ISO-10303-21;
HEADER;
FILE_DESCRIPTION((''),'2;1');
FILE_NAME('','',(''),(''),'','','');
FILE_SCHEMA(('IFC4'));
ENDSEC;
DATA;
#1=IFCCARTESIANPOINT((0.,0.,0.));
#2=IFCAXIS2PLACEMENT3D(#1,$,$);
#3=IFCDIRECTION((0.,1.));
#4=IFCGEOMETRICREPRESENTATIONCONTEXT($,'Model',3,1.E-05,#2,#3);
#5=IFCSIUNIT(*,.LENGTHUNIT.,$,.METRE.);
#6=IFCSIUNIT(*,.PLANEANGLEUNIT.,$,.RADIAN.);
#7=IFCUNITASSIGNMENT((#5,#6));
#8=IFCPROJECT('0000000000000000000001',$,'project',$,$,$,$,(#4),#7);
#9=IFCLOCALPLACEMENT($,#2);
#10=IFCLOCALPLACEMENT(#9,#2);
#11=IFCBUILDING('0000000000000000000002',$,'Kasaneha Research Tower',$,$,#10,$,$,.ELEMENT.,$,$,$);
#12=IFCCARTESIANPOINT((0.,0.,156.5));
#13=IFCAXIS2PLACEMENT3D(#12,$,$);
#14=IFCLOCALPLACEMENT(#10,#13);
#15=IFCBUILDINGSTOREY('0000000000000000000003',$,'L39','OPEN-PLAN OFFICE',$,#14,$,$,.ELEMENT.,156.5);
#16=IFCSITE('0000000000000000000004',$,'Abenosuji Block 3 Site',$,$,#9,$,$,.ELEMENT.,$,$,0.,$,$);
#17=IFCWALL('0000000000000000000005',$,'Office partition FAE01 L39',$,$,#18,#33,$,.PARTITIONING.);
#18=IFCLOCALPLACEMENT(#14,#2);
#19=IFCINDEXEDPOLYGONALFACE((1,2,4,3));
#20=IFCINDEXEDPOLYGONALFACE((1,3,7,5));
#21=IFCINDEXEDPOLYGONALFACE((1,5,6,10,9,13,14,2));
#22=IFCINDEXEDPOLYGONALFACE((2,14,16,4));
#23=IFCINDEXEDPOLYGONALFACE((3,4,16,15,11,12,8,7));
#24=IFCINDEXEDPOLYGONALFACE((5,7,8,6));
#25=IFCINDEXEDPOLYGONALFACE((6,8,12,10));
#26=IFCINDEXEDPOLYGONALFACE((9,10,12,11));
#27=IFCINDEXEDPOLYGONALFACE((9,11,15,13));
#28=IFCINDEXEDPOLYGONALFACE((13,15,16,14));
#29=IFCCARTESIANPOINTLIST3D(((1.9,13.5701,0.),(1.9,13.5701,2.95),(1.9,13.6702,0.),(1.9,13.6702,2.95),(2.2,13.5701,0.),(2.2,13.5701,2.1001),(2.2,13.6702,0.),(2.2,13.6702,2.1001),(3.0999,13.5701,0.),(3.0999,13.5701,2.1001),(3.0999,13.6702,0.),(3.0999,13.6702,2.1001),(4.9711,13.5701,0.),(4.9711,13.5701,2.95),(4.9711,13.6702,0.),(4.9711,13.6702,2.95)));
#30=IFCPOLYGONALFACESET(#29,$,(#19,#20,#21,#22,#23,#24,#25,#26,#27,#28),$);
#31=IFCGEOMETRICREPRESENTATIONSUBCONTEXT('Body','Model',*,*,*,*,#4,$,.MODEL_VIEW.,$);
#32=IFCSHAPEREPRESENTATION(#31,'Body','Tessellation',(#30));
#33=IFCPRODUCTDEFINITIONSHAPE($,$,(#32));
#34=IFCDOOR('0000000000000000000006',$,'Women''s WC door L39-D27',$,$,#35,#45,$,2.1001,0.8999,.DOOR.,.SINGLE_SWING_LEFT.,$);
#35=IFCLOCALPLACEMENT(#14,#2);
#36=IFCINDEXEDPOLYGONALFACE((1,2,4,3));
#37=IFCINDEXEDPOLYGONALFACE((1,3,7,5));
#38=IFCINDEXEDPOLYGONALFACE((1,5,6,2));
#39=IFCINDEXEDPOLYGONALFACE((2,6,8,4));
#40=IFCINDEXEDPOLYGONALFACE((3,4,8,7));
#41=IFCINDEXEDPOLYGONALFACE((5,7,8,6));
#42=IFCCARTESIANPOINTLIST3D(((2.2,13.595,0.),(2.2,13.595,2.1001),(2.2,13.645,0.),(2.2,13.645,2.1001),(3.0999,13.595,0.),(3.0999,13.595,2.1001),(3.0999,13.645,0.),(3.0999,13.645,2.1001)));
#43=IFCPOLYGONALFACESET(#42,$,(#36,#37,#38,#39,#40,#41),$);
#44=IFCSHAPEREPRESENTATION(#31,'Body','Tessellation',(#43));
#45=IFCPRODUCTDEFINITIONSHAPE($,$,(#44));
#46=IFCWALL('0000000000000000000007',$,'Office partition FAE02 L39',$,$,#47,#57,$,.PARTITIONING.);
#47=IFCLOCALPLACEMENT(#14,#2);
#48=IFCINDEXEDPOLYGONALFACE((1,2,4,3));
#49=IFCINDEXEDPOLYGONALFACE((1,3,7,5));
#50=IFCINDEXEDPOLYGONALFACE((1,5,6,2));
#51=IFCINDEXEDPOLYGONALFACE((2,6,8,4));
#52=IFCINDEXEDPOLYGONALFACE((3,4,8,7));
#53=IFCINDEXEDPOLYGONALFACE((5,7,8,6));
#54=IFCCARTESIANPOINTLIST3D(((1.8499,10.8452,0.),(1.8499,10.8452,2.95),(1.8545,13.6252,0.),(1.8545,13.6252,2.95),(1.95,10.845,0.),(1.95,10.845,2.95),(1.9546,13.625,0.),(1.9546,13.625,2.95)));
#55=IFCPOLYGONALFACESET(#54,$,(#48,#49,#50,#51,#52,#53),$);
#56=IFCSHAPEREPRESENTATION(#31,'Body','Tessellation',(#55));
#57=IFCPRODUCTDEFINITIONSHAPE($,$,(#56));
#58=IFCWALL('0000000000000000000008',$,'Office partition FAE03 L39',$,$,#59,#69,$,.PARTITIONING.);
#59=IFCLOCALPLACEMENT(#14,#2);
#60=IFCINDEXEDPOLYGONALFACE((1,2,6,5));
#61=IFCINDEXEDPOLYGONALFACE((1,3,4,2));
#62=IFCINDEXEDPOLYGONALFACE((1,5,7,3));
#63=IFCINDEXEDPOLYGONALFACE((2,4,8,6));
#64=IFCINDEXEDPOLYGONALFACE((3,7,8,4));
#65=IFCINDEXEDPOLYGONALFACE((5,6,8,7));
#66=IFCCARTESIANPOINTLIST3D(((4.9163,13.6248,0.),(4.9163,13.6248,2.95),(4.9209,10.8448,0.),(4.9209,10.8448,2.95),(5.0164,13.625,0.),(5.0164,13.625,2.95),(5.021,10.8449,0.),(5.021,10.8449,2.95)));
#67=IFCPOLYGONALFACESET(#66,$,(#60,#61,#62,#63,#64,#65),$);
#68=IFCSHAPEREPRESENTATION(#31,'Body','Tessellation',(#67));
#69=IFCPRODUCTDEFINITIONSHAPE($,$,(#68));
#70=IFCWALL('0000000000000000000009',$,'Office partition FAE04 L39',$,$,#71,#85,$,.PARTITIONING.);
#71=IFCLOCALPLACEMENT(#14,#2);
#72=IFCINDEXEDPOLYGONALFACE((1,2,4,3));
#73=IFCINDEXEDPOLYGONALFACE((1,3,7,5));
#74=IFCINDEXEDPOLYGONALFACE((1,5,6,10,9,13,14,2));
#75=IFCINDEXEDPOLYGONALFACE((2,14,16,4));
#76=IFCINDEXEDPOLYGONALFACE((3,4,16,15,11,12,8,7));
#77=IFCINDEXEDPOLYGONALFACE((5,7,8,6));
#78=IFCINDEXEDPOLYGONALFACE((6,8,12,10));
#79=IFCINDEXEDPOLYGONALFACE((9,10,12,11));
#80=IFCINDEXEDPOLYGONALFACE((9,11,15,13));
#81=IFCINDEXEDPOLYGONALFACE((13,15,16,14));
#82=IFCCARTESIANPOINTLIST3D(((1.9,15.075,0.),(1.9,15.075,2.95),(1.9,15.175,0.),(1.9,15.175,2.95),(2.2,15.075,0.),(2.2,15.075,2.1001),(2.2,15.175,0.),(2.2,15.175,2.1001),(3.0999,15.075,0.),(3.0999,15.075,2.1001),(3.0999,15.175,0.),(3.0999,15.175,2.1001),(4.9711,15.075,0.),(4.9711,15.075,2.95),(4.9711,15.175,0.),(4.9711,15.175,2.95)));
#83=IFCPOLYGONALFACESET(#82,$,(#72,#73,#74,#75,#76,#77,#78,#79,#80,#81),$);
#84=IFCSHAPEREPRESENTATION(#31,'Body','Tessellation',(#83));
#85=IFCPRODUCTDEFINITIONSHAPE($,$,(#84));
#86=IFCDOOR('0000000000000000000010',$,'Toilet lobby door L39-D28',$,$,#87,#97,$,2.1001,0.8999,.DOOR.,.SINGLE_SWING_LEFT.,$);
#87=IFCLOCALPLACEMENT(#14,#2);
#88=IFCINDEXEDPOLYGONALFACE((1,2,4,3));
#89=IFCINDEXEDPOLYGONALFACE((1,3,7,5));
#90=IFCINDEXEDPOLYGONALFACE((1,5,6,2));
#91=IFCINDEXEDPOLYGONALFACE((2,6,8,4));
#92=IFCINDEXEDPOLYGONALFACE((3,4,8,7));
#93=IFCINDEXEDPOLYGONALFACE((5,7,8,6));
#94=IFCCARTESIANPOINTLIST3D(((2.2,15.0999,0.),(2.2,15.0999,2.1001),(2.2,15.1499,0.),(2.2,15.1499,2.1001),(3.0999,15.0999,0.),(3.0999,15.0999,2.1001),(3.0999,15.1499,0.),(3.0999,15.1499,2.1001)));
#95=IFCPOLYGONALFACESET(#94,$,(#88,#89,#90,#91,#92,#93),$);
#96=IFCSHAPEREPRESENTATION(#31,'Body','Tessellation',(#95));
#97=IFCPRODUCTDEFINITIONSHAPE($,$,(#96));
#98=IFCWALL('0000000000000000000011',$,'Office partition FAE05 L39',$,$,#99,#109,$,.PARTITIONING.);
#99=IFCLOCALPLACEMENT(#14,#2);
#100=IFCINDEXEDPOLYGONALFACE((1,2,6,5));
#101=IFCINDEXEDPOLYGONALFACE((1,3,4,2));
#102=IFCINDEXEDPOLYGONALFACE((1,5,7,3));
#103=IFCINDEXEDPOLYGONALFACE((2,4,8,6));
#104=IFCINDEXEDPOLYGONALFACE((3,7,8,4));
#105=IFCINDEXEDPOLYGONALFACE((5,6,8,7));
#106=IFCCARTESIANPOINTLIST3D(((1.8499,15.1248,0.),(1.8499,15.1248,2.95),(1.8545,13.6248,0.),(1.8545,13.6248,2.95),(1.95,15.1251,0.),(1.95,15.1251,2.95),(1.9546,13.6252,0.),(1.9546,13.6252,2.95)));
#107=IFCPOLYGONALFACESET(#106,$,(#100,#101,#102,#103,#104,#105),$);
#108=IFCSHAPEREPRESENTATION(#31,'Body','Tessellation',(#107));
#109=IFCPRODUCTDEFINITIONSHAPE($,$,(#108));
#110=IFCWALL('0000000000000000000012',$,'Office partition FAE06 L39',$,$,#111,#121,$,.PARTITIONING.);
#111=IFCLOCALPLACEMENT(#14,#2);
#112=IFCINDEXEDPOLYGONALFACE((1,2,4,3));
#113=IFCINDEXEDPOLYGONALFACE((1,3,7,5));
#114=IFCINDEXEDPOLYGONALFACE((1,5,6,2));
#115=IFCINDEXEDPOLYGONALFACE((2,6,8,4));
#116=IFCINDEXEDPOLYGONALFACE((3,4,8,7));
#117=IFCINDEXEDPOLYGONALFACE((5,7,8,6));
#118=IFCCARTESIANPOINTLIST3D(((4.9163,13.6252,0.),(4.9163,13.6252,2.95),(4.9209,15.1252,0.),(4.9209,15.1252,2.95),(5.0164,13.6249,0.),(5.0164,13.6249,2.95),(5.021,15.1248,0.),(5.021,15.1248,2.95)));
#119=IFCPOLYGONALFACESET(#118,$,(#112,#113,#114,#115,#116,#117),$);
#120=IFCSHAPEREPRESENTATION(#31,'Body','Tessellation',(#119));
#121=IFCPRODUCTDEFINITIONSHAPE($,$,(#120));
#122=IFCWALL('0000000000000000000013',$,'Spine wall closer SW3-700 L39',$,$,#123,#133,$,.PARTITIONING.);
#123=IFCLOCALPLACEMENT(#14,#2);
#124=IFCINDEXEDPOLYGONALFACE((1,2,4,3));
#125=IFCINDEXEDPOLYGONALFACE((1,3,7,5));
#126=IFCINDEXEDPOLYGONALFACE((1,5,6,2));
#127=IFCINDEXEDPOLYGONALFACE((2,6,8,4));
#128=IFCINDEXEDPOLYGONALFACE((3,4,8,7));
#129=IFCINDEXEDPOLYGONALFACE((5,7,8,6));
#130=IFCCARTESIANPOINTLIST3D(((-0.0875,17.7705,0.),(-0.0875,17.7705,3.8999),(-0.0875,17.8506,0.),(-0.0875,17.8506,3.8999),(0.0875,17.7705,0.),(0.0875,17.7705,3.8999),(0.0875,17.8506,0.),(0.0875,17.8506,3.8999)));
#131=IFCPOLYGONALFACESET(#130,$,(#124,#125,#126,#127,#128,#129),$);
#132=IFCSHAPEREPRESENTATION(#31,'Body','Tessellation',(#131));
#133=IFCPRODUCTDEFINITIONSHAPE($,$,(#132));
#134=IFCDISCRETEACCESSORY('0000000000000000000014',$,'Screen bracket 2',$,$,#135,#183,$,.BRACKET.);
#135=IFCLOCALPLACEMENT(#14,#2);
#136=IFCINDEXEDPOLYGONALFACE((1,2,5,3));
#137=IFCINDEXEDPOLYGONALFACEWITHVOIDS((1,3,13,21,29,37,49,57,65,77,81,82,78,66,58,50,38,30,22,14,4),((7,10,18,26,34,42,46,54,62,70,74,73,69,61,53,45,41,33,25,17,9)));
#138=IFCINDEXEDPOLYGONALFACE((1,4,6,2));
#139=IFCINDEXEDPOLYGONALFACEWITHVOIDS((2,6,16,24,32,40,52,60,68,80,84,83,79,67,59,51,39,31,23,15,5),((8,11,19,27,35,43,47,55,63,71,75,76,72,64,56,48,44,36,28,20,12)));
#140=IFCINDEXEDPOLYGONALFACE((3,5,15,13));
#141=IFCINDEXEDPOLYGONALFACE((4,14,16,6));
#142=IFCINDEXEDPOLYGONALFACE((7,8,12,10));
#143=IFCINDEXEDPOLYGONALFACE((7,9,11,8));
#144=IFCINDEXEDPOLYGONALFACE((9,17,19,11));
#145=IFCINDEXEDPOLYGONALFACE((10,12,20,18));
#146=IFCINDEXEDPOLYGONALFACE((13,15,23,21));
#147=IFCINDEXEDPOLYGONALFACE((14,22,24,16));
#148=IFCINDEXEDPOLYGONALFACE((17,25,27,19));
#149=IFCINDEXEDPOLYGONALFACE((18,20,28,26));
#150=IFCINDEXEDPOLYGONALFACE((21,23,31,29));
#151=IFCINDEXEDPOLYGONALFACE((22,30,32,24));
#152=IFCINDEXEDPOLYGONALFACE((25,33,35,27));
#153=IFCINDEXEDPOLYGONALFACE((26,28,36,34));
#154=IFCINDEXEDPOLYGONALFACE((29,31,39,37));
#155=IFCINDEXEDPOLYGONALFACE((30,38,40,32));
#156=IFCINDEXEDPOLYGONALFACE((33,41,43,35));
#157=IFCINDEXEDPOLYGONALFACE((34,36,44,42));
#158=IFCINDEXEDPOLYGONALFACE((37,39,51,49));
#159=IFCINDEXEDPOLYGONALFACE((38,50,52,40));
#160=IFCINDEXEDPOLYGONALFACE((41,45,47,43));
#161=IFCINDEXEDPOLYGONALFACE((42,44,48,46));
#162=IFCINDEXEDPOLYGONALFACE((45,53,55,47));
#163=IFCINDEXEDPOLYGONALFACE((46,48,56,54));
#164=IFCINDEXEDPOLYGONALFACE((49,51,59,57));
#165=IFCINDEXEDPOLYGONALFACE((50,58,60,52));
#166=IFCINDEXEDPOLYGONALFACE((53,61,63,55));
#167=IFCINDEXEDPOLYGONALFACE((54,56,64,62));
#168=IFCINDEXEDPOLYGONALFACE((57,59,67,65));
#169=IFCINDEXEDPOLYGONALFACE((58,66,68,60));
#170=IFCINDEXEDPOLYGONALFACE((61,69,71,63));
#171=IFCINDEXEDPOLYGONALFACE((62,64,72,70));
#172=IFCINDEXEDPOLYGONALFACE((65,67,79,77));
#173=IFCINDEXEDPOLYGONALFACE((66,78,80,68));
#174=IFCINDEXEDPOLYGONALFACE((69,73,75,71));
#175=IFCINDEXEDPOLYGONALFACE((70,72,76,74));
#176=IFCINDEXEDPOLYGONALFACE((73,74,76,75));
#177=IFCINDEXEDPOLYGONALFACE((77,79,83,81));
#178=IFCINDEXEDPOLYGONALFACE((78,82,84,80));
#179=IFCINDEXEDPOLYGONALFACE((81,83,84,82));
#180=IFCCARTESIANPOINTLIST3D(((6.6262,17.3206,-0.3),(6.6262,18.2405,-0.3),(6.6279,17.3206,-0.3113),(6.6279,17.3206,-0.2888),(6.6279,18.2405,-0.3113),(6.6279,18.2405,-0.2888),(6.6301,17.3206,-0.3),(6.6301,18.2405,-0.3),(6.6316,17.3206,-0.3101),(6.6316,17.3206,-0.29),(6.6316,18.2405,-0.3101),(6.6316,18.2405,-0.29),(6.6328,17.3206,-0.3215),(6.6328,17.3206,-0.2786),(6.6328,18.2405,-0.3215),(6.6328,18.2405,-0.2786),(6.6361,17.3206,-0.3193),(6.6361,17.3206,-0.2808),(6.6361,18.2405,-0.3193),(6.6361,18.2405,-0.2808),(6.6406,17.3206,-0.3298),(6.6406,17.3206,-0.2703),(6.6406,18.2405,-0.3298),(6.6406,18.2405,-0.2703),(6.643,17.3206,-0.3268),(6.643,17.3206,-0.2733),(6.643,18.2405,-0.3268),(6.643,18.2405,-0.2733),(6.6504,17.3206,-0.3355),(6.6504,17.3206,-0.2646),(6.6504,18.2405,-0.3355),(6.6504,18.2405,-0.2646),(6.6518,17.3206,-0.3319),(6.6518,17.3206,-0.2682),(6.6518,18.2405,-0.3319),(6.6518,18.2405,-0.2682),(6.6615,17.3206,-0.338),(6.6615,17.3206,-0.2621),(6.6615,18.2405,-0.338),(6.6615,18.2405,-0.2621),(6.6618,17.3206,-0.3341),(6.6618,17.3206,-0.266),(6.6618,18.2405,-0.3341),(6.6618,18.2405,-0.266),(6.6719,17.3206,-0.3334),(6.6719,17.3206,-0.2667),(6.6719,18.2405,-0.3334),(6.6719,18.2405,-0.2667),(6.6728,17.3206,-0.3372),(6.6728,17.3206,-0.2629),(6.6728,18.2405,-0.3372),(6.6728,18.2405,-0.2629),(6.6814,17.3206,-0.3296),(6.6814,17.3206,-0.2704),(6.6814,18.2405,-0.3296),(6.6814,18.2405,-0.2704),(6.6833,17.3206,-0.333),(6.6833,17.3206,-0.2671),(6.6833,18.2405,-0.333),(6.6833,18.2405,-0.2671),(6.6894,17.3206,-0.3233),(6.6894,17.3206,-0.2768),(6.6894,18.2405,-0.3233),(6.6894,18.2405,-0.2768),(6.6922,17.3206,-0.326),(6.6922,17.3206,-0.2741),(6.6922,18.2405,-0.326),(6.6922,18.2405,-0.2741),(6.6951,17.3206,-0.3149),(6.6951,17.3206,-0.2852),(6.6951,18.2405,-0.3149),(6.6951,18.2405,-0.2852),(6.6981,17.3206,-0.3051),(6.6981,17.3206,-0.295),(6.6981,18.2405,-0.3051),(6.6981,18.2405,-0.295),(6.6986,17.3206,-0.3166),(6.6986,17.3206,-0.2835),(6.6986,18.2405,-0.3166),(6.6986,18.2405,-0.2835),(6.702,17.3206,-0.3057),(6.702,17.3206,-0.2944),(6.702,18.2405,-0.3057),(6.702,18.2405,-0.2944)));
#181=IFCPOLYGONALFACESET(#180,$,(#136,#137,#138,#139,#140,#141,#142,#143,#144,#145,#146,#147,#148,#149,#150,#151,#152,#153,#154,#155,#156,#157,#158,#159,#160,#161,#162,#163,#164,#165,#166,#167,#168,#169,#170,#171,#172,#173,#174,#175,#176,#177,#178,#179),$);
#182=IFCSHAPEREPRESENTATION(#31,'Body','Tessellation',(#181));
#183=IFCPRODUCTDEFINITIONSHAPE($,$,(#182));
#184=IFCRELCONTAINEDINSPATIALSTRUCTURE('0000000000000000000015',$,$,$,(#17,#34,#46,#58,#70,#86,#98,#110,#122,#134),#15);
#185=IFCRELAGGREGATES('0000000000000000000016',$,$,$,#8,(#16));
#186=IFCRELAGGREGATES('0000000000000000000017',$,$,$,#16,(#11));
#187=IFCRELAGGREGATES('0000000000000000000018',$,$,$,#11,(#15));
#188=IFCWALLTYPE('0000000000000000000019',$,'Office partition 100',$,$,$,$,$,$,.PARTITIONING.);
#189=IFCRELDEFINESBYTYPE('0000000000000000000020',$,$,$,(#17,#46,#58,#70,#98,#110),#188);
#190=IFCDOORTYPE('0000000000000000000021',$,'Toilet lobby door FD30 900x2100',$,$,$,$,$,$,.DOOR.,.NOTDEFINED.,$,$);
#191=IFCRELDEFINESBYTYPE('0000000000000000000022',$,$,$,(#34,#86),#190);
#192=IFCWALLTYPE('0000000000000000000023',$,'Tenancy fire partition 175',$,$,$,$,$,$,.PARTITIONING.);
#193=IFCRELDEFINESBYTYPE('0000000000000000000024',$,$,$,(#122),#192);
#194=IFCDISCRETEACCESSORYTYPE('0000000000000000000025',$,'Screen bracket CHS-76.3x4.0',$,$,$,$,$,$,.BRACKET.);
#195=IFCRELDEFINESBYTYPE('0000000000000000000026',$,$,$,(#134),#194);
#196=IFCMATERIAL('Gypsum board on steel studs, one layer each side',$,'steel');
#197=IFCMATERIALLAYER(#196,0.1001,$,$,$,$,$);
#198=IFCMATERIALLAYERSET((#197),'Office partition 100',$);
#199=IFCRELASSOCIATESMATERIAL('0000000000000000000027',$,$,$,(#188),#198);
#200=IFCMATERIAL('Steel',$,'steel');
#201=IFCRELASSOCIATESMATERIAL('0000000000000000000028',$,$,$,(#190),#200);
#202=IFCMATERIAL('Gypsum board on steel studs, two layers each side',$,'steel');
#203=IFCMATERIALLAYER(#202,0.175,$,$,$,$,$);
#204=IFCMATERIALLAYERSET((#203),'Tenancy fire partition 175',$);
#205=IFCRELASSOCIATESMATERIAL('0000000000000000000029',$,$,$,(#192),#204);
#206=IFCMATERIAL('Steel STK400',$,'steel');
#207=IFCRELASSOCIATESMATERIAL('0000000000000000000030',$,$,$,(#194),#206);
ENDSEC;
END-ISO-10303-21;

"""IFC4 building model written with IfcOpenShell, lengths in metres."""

from ifc_helpers import new_model, si_unit, direction, frame, frame_2d, origin, origin_2d, place, context, subcontext, project, spatial, rectangle, hollow_circle, extrude, material, layer, layer_set, material_profile, profile_set, type_object, element, fill, save


model = new_model("IFC4")

# Units and contexts
model_context = context("Model", 3, precision=1e-05, world=origin(), true_north=direction((0.0, 1.0)))
body_context = subcontext(model_context, "Body", "Model", "MODEL_VIEW")
ifc_project = project(units=[si_unit("LENGTHUNIT", "METRE"), si_unit("PLANEANGLEUNIT", "RADIAN")], contexts=[model_context])

# Site, building, storey
site_placement = place(None, origin())
site = spatial("IfcSite", under=ifc_project, at=site_placement, Name="Abenosuji Block 3 Site", CompositionType="ELEMENT", RefElevation=0.0)
building_placement = place(site_placement, origin())
building = spatial("IfcBuilding", under=site, at=building_placement, Name="Kasaneha Research Tower", CompositionType="ELEMENT")
storey_placement = place(building_placement, frame((0.0, 0.0, 156.5)))
storey = spatial("IfcBuildingStorey", under=building, at=storey_placement, Name="L39", Description="OPEN-PLAN OFFICE", CompositionType="ELEMENT", Elevation=156.5)

# Wall, opening, door
ifc_material_1 = material(Name="Gypsum board on steel studs, one layer each side", Category="steel")
ifc_layer_1 = layer(ifc_material_1, 0.1001)
ifc_layer_set_1 = layer_set([ifc_layer_1], Name="Office partition 100")
wall_type_1 = type_object("IfcWallType", Name="Office partition 100", PredefinedType="PARTITIONING", material=ifc_layer_set_1)
wall_1_placement = place(storey_placement, frame((1.8999, 13.6201, 0.0), z_axis=(0.0, 0.0, 1.0), x_axis=(1.0, 0.0, 0.0)))
wall_1 = element("IfcWall", 1, at=wall_1_placement, inside=storey, type_object=wall_type_1, Name="Office partition FAE01 L39", PredefinedType="PARTITIONING", context=body_context, shape_type="SweptSolid", body=[
    extrude(rectangle(XDim=3.071, YDim=0.1001, at=frame_2d((1.5356, 0.0))), origin(), (0.0, 0.0, 1.0), 2.95),
])
opening_1_placement = place(wall_1_placement, frame((0.3, 0.0, 0.0)))
opening_1 = element("IfcOpeningElement", 2, at=opening_1_placement, cuts=wall_1, PredefinedType="OPENING", context=body_context, shape_type="SweptSolid", body=[
    extrude(rectangle(XDim=0.8999, YDim=2.1001, at=frame_2d((0.45, 1.05))), frame((0.0, 0.0601, 0.0), z_axis=(0.0, -1.0, 0.0), x_axis=(1.0, 0.0, 0.0)), (0.0, 0.0, 1.0), 0.1201),
])
ifc_material_2 = material(Name="Steel", Category="steel")
door_type = type_object("IfcDoorType", Name="Toilet lobby door FD30 900x2100", OperationType="NOTDEFINED", PredefinedType="DOOR", material=ifc_material_2)
door_1_placement = place(opening_1_placement, origin())
door_1 = element("IfcDoor", 3, at=door_1_placement, inside=storey, type_object=door_type, Name="Women's WC door L39-D27", OperationType="SINGLE_SWING_LEFT", OverallHeight=2.1001, OverallWidth=0.8999, PredefinedType="DOOR", context=body_context, shape_type="SweptSolid", body=[
    extrude(rectangle(XDim=0.8999, YDim=2.1001, at=frame_2d((0.45, 1.05))), frame((0.0, 0.0249, 0.0), z_axis=(0.0, -1.0, 0.0), x_axis=(1.0, 0.0, 0.0)), (0.0, 0.0, 1.0), 0.05),
])
fill(opening_1, door_1)

# Walls
for number, where, z_axis, x_axis, name in (
    (4, (1.8999, 10.845, 0.0), (0.0, 0.0, 1.0), (0.001669, 0.999999, 0.0), "Office partition FAE02 L39"),
    (5, (4.9663, 13.625, 0.0), (0.0, 0.0, 1.0), (0.001669, -0.999999, 0.0), "Office partition FAE03 L39"),
):
    element("IfcWall", number, at=place(storey_placement, frame(where, z_axis=z_axis, x_axis=x_axis)), inside=storey, type_object=wall_type_1, Name=name, PredefinedType="PARTITIONING", context=body_context, shape_type="SweptSolid", body=[
        extrude(rectangle(XDim=2.78, YDim=0.1001, at=frame_2d((1.3901, 0.0))), origin(), (0.0, 0.0, 1.0), 2.95),
    ])

# Wall, opening, door
wall_2_placement = place(storey_placement, frame((1.8999, 15.125, 0.0), z_axis=(0.0, 0.0, 1.0), x_axis=(1.0, 0.0, 0.0)))
wall_2 = element("IfcWall", 6, at=wall_2_placement, inside=storey, type_object=wall_type_1, Name="Office partition FAE04 L39", PredefinedType="PARTITIONING", context=body_context, shape_type="SweptSolid", body=[
    extrude(rectangle(XDim=3.071, YDim=0.1001, at=frame_2d((1.5356, 0.0))), origin(), (0.0, 0.0, 1.0), 2.95),
])
opening_2_placement = place(wall_2_placement, frame((0.3, 0.0, 0.0)))
opening_2 = element("IfcOpeningElement", 7, at=opening_2_placement, cuts=wall_2, PredefinedType="OPENING", context=body_context, shape_type="SweptSolid", body=[
    extrude(rectangle(XDim=0.8999, YDim=2.1001, at=frame_2d((0.45, 1.05))), frame((0.0, 0.0601, 0.0), z_axis=(0.0, -1.0, 0.0), x_axis=(1.0, 0.0, 0.0)), (0.0, 0.0, 1.0), 0.1201),
])
door_2_placement = place(opening_2_placement, origin())
door_2 = element("IfcDoor", 8, at=door_2_placement, inside=storey, type_object=door_type, Name="Toilet lobby door L39-D28", OperationType="SINGLE_SWING_LEFT", OverallHeight=2.1001, OverallWidth=0.8999, PredefinedType="DOOR", context=body_context, shape_type="SweptSolid", body=[
    extrude(rectangle(XDim=0.8999, YDim=2.1001, at=frame_2d((0.45, 1.05))), frame((0.0, 0.0249, 0.0), z_axis=(0.0, -1.0, 0.0), x_axis=(1.0, 0.0, 0.0)), (0.0, 0.0, 1.0), 0.05),
])
fill(opening_2, door_2)

# Walls
for number, where, z_axis, x_axis, name in (
    (9, (1.9045, 13.625, 0.0), (0.0, 0.0, 1.0), (-0.003092, 0.999995, 0.0), "Office partition FAE05 L39"),
    (10, (4.9709, 15.125, 0.0), (0.0, 0.0, 1.0), (-0.003092, -0.999995, 0.0), "Office partition FAE06 L39"),
):
    element("IfcWall", number, at=place(storey_placement, frame(where, z_axis=z_axis, x_axis=x_axis)), inside=storey, type_object=wall_type_1, Name=name, PredefinedType="PARTITIONING", context=body_context, shape_type="SweptSolid", body=[
        extrude(rectangle(XDim=1.5, YDim=0.1001, at=frame_2d((0.75, 0.0))), origin(), (0.0, 0.0, 1.0), 2.95),
    ])
ifc_material_3 = material(Name="Gypsum board on steel studs, two layers each side", Category="steel")
ifc_layer_2 = layer(ifc_material_3, 0.175)
ifc_layer_set_2 = layer_set([ifc_layer_2], Name="Tenancy fire partition 175")
wall_type_2 = type_object("IfcWallType", Name="Tenancy fire partition 175", PredefinedType="PARTITIONING", material=ifc_layer_set_2)
wall_3_placement = place(storey_placement, frame((0.0, 17.7705, 0.0), z_axis=(0.0, 0.0, 1.0), x_axis=(0.0, 1.0, 0.0)))
element("IfcWall", 11, at=wall_3_placement, inside=storey, type_object=wall_type_2, Name="Spine wall closer SW3-700 L39", PredefinedType="PARTITIONING", context=body_context, shape_type="SweptSolid", body=[
    extrude(rectangle(XDim=0.0801, YDim=0.175, at=frame_2d((0.04, 0.0))), origin(), (0.0, 0.0, 1.0), 3.8999),
])

# Discrete accessory
ifc_material_4 = material(Name="Steel STK400", Category="steel")
ifc_material_profile_1 = material_profile(ifc_material_4, hollow_circle(Radius=0.0381, WallThickness=0.0039, at=origin_2d()), Name="CHS-76.3x4.0")
ifc_profile_set_1 = profile_set([ifc_material_profile_1], Name="Steel STK400")
discrete_accessory_type = type_object("IfcDiscreteAccessoryType", Name="Screen bracket CHS-76.3x4.0", PredefinedType="BRACKET", material=ifc_profile_set_1)
for number, where, z_axis, x_axis, name in (
    (12, (6.6643, 17.3206, -0.3), (0.0, 1.0, 0.0), (-1.0, 0.0, 0.0), "Screen bracket 2"),
):
    element("IfcDiscreteAccessory", number, at=place(storey_placement, frame(where, z_axis=z_axis, x_axis=x_axis)), inside=storey, type_object=discrete_accessory_type, Name=name, PredefinedType="BRACKET", context=body_context, shape_type="SweptSolid", body=[
        extrude(hollow_circle(Radius=0.0381, WallThickness=0.0039, at=origin_2d()), origin(), (0.0, 0.0, 1.0), 0.9199),
    ])

save(model, "model.ifc")
